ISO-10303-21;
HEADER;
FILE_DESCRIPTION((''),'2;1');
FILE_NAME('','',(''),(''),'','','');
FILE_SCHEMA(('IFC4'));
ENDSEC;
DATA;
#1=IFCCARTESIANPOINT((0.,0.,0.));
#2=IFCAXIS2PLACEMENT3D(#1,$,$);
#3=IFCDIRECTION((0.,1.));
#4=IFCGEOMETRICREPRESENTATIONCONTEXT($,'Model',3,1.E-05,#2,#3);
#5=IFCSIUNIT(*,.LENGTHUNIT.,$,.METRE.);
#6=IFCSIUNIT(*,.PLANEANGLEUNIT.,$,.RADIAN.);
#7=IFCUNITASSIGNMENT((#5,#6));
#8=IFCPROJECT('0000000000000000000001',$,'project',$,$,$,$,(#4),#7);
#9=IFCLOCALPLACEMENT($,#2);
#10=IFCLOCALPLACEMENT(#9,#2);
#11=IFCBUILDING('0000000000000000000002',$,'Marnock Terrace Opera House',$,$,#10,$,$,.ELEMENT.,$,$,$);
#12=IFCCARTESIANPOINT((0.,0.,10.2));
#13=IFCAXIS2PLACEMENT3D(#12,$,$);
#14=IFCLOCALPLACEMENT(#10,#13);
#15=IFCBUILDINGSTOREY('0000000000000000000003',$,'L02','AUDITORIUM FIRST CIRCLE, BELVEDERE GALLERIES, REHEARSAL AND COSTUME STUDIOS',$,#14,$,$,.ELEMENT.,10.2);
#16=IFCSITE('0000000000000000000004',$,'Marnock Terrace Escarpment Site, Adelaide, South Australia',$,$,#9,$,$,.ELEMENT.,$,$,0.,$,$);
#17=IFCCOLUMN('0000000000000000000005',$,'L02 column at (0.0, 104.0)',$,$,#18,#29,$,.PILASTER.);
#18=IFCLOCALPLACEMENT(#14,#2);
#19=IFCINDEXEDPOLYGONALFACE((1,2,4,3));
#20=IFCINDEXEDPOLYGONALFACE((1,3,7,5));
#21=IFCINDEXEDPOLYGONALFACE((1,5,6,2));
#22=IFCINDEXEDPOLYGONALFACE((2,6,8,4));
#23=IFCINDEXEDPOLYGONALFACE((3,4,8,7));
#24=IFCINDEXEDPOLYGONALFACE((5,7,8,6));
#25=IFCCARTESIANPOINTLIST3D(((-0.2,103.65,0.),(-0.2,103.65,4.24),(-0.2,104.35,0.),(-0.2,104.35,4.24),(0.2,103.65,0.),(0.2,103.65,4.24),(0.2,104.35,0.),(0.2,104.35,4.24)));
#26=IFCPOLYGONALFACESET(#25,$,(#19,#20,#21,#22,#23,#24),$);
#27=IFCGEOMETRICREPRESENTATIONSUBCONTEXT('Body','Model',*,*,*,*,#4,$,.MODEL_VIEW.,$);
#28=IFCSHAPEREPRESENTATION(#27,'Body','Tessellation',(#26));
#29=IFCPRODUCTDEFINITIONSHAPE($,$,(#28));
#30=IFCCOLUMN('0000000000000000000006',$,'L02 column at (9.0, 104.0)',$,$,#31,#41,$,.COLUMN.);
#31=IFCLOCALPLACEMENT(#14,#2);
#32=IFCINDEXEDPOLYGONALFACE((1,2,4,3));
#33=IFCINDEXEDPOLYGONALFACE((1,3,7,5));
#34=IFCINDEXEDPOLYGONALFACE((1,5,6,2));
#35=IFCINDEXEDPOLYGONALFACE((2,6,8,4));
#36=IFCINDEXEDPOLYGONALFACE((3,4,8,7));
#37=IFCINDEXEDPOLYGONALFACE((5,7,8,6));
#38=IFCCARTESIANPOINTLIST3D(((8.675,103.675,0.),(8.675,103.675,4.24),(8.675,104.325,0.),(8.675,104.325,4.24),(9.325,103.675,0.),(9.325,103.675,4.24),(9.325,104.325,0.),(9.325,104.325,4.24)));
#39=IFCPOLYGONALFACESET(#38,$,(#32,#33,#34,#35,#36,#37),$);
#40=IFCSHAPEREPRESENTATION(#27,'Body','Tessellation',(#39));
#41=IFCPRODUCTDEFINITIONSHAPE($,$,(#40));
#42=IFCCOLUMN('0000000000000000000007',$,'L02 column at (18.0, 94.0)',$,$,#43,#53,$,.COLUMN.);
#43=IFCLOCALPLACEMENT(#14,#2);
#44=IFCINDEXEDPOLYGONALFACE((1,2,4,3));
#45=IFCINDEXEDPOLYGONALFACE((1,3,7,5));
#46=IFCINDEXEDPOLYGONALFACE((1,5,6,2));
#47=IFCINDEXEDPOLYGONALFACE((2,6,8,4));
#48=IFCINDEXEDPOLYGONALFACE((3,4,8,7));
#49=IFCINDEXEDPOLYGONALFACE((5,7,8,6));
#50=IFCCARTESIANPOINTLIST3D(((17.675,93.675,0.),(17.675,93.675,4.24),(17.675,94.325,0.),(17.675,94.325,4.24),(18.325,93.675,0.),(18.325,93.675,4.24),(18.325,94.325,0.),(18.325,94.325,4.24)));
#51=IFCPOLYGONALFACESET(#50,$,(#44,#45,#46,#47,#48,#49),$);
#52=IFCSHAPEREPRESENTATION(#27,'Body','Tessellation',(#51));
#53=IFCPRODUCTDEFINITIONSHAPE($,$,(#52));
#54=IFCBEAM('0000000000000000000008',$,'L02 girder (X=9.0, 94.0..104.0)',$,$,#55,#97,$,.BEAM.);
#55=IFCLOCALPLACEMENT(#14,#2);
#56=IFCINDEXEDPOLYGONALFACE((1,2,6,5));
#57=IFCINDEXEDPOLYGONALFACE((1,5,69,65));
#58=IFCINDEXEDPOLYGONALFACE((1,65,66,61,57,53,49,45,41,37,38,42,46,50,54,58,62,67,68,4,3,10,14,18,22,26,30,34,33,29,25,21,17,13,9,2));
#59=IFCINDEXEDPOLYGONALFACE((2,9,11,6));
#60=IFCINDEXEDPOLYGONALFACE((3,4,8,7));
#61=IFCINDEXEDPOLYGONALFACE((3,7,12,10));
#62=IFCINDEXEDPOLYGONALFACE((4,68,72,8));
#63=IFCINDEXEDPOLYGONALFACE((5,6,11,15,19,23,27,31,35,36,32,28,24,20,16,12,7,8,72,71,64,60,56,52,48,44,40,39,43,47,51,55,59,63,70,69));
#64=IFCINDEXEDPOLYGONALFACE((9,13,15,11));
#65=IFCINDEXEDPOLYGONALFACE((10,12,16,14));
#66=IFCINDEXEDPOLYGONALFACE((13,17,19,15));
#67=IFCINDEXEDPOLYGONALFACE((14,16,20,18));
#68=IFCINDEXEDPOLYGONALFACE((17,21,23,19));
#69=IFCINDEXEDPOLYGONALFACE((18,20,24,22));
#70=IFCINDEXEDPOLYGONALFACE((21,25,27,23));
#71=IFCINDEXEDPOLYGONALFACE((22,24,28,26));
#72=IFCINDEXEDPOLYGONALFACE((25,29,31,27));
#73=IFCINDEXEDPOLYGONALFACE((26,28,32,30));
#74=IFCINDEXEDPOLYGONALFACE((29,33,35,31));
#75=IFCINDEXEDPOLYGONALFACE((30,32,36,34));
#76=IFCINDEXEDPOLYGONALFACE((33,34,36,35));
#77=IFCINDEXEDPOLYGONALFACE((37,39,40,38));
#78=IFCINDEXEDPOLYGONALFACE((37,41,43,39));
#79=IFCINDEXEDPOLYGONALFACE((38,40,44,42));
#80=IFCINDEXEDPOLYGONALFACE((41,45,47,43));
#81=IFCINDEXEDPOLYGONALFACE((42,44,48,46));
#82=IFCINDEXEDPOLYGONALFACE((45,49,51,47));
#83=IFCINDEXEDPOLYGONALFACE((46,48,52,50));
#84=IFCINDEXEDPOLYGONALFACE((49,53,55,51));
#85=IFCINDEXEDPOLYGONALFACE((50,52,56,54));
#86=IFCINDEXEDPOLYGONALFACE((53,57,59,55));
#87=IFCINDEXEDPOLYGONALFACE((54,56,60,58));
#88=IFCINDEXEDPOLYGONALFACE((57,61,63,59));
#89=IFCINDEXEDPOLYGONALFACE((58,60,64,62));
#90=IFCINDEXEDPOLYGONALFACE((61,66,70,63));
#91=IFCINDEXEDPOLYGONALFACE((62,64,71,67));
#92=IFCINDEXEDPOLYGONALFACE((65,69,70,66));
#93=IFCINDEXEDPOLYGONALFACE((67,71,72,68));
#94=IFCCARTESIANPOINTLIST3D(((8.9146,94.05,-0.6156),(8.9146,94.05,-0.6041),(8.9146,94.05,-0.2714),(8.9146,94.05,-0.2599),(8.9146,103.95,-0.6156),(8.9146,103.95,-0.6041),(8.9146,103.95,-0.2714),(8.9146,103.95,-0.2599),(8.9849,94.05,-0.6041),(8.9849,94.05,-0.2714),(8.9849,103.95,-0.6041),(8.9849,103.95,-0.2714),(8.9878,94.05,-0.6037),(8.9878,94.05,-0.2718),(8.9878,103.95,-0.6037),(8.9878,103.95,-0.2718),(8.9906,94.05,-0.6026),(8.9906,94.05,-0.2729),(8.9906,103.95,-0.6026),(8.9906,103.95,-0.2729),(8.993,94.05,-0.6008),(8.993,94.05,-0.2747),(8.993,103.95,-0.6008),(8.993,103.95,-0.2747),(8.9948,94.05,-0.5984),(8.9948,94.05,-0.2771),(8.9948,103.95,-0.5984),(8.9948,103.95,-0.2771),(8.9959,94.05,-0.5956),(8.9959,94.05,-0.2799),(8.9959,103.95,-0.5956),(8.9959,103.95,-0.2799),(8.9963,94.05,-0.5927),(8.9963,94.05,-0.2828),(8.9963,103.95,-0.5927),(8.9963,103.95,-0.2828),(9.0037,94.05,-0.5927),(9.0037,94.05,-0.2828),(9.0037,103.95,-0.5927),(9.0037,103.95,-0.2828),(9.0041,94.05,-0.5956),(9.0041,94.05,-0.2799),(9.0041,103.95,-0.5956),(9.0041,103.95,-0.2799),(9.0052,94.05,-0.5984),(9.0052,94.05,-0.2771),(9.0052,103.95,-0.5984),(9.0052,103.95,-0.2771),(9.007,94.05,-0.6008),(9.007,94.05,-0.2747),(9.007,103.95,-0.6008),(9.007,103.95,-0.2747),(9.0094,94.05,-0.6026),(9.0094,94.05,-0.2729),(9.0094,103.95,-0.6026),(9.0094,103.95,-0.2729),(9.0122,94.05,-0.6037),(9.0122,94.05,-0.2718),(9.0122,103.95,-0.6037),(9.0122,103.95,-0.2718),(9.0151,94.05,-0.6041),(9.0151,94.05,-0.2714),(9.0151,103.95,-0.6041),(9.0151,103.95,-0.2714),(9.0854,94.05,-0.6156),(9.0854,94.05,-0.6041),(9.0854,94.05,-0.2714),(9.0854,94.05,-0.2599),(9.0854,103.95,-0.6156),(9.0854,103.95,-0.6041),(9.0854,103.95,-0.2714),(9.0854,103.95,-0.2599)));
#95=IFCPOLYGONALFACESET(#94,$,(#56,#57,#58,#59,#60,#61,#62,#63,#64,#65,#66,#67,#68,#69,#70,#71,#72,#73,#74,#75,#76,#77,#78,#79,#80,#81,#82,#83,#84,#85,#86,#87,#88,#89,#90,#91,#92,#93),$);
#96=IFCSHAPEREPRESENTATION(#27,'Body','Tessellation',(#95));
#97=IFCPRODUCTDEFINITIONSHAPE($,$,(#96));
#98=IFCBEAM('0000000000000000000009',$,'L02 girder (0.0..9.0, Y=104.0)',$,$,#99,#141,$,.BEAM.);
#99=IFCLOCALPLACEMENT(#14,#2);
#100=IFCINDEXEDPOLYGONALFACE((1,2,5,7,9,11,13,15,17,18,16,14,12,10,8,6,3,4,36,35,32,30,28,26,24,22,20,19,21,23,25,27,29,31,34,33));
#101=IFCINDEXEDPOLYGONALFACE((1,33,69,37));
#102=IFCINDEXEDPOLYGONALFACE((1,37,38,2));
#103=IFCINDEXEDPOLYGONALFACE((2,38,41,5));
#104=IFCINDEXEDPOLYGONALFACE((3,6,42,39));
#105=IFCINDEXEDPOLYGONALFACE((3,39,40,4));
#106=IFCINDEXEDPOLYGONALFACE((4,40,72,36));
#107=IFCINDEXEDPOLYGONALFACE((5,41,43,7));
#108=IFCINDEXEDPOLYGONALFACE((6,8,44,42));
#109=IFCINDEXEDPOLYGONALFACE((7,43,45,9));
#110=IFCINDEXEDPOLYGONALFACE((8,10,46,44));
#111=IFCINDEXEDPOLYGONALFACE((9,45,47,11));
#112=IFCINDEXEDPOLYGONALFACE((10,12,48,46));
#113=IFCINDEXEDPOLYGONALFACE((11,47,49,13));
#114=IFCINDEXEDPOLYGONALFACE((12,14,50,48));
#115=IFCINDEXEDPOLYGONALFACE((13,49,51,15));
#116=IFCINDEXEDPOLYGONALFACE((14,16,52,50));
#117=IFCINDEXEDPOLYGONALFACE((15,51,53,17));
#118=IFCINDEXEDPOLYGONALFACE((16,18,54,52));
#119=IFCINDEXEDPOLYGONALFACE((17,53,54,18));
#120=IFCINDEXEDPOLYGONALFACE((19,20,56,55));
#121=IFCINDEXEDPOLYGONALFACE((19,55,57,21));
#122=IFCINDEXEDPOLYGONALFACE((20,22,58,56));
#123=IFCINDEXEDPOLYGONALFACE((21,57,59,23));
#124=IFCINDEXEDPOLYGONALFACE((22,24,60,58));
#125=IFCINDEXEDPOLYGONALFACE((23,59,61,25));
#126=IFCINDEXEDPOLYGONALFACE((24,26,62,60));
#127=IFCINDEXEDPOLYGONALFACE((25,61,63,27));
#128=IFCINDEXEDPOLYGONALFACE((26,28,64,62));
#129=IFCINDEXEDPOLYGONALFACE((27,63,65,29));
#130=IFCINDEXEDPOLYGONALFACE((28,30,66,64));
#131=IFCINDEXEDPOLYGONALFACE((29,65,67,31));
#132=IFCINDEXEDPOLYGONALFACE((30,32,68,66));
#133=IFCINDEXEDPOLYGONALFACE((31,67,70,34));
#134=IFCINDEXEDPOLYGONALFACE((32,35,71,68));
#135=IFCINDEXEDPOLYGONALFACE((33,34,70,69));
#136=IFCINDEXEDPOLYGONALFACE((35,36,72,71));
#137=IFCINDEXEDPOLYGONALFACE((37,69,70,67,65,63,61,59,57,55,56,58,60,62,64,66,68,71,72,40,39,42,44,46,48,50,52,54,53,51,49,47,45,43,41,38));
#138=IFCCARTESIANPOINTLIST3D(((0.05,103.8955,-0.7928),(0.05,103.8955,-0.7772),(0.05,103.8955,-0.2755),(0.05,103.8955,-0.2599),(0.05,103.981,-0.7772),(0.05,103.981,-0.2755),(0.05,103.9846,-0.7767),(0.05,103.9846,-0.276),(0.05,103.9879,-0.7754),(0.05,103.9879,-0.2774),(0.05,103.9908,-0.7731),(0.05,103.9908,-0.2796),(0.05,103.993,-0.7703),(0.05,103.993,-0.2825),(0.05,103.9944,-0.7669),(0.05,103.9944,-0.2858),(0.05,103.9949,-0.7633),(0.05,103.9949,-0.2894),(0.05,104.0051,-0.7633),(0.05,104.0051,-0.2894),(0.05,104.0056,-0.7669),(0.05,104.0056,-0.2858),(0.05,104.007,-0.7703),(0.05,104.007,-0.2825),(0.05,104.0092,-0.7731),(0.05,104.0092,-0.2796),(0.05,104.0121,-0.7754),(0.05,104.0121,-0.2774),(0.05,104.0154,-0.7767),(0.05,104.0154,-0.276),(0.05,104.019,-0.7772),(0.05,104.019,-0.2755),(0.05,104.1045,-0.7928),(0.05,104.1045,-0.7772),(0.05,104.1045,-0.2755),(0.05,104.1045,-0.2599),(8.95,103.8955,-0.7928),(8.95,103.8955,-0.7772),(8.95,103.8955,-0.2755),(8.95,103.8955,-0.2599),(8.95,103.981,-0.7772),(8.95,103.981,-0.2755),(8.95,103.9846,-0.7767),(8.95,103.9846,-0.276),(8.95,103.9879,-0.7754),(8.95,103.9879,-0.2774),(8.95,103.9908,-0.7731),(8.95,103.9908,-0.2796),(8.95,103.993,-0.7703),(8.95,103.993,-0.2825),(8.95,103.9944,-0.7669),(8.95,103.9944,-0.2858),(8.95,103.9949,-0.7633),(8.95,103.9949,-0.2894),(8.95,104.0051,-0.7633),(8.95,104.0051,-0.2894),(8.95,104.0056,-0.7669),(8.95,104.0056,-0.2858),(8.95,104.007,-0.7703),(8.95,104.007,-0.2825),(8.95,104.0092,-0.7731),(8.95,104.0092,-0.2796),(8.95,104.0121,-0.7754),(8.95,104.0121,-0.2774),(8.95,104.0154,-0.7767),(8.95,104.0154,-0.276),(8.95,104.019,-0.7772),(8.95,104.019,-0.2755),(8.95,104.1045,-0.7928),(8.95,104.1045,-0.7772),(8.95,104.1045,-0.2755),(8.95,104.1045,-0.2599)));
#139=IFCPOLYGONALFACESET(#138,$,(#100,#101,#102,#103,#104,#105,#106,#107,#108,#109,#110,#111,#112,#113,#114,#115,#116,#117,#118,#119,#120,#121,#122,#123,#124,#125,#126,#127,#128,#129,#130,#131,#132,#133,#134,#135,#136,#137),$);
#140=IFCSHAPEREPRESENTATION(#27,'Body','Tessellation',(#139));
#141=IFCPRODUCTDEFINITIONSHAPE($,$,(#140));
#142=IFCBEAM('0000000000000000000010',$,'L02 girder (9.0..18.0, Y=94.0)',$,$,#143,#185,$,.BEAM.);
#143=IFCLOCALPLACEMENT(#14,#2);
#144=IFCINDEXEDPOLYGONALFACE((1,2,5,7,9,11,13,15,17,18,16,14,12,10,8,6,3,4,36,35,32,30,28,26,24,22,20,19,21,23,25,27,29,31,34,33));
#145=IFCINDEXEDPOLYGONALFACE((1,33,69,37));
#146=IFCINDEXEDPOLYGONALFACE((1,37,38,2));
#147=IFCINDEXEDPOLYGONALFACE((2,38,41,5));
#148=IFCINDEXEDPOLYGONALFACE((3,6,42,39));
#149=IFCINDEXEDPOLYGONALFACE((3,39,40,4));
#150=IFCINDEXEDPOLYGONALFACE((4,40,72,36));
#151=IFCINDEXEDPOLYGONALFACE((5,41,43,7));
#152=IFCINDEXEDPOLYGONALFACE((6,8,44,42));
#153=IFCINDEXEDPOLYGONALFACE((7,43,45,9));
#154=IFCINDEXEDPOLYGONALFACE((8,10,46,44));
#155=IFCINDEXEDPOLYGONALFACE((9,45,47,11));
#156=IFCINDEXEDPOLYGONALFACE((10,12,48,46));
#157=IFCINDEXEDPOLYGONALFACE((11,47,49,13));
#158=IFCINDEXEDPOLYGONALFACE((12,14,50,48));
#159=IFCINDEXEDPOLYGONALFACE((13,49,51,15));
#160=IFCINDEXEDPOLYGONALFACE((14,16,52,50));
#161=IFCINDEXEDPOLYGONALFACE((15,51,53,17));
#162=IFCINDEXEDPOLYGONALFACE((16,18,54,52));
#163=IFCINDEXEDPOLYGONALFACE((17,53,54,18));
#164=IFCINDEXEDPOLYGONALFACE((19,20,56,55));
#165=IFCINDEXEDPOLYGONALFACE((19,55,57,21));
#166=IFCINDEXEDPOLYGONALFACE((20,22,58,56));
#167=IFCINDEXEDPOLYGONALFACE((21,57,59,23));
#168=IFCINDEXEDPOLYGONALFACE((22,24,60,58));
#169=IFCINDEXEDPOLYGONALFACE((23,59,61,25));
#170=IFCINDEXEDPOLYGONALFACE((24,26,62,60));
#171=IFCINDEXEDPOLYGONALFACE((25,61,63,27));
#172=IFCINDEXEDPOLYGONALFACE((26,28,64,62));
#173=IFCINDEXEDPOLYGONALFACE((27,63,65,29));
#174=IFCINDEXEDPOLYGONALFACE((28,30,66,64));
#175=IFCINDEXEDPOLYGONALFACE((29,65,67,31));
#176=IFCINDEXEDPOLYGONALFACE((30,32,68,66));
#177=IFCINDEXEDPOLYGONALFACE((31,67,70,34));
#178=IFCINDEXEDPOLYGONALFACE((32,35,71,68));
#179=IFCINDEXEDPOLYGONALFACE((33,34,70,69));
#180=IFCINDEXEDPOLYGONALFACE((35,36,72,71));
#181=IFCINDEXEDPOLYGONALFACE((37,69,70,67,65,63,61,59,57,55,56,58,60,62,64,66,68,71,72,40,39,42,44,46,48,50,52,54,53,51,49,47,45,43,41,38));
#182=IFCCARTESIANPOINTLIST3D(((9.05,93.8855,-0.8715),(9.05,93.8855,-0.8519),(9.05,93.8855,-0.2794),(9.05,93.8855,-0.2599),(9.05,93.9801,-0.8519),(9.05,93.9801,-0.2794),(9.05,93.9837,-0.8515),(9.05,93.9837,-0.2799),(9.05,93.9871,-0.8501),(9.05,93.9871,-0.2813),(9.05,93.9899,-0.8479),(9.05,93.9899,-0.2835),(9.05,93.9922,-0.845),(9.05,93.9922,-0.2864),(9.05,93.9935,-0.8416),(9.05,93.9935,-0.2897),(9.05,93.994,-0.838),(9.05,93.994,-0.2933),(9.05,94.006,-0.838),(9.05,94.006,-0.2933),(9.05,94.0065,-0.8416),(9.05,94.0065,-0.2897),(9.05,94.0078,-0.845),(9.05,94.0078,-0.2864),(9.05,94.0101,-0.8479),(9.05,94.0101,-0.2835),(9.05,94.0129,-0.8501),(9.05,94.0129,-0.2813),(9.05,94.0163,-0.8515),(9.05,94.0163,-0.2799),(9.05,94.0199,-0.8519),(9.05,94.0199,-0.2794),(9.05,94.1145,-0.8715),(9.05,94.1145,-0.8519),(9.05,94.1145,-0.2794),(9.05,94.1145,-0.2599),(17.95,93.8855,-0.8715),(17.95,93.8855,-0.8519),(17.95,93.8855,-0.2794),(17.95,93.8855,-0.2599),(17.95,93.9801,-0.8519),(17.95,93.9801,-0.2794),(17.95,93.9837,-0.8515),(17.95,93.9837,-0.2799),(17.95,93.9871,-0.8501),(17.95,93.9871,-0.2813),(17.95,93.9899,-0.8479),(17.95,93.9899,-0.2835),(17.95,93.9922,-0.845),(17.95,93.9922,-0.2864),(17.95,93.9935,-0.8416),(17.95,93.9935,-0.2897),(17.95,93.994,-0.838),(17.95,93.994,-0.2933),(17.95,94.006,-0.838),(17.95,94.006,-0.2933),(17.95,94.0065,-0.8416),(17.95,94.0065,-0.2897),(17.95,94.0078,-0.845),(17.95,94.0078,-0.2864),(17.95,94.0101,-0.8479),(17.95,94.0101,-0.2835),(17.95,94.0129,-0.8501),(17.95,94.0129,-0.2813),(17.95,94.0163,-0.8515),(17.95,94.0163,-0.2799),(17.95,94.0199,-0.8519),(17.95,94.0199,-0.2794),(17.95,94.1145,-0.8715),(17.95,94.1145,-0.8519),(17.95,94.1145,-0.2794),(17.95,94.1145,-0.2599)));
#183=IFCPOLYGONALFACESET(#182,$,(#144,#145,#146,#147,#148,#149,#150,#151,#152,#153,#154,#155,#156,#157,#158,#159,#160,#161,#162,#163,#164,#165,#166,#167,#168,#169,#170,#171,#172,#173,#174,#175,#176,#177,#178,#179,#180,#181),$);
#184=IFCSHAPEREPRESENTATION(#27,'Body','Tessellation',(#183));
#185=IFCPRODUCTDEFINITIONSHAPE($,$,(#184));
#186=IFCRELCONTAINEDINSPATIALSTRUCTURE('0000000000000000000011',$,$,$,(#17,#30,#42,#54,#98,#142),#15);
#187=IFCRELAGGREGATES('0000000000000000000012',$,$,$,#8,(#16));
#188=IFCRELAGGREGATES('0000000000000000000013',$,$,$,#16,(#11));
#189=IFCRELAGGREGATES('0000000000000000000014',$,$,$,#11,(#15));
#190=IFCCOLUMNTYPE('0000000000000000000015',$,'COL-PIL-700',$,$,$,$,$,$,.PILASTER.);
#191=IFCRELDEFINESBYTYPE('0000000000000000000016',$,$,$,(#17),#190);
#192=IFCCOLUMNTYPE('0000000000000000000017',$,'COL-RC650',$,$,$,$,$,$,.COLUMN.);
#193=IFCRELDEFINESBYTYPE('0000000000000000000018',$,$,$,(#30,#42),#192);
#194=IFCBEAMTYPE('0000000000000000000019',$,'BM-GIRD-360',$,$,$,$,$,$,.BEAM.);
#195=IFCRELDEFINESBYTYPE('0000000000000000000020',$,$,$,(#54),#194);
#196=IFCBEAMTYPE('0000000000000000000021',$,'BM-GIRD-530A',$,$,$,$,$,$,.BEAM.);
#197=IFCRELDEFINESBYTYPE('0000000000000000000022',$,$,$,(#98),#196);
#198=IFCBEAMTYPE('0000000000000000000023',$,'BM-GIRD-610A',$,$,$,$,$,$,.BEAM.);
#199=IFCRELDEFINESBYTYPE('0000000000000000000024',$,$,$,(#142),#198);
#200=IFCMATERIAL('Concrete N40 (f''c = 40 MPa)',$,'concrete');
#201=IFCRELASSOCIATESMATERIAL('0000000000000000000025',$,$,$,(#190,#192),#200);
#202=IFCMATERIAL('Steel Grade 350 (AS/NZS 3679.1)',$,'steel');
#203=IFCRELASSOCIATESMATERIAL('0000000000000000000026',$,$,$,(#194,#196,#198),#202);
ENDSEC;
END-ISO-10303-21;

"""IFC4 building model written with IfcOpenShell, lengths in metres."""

from ifc_helpers import new_model, si_unit, direction, frame, origin, origin_2d, place, context, subcontext, project, spatial, rectangle, i_section, extrude, material, material_profile, profile_set, type_object, element, save


model = new_model("IFC4")

# Units and contexts
model_context = context("Model", 3, precision=1e-05, world=origin(), true_north=direction((0.0, 1.0)))
body_context = subcontext(model_context, "Body", "Model", "MODEL_VIEW")
ifc_project = project(units=[si_unit("LENGTHUNIT", "METRE"), si_unit("PLANEANGLEUNIT", "RADIAN")], contexts=[model_context])

# Site, building, storey
site_placement = place(None, origin())
site = spatial("IfcSite", under=ifc_project, at=site_placement, Name="Marnock Terrace Escarpment Site, Adelaide, South Australia", CompositionType="ELEMENT", RefElevation=0.0)
building_placement = place(site_placement, origin())
building = spatial("IfcBuilding", under=site, at=building_placement, Name="Marnock Terrace Opera House", CompositionType="ELEMENT")
storey_placement = place(building_placement, frame((0.0, 0.0, 10.2)))
storey = spatial("IfcBuildingStorey", under=building, at=storey_placement, Name="L02", Description="AUDITORIUM FIRST CIRCLE, BELVEDERE GALLERIES, REHEARSAL AND COSTUME STUDIOS", CompositionType="ELEMENT", Elevation=10.2)

# Columns
ifc_material_1 = material(Name="Concrete N40 (f'c = 40 MPa)", Category="concrete")
ifc_material_profile_1 = material_profile(ifc_material_1, rectangle(XDim=0.3999, YDim=0.7, at=origin_2d()))
ifc_profile_set_1 = profile_set([ifc_material_profile_1], Name="Concrete N40 (f'c = 40 MPa)")
column_type_1 = type_object("IfcColumnType", Name="COL-PIL-700", PredefinedType="PILASTER", material=ifc_profile_set_1)
column_placement = place(storey_placement, frame((0.0, 104.0, 0.0), z_axis=(0.0, 0.0, 1.0), x_axis=(1.0, 0.0, 0.0)))
element("IfcColumn", 1, at=column_placement, inside=storey, type_object=column_type_1, Name="L02 column at (0.0, 104.0)", PredefinedType="PILASTER", context=body_context, shape_type="SweptSolid", body=[
    extrude(rectangle(XDim=0.3999, YDim=0.7, at=origin_2d()), origin(), (0.0, 0.0, 1.0), 4.24),
])
ifc_material_profile_2 = material_profile(ifc_material_1, rectangle(XDim=0.6499, YDim=0.6499, at=origin_2d()))
ifc_profile_set_2 = profile_set([ifc_material_profile_2], Name="Concrete N40 (f'c = 40 MPa)")
column_type_2 = type_object("IfcColumnType", Name="COL-RC650", PredefinedType="COLUMN", material=ifc_profile_set_2)
for number, where, z_axis, x_axis, name in (
    (2, (9.0, 104.0, 0.0), (0.0, 0.0, 1.0), (1.0, 0.0, 0.0), "L02 column at (9.0, 104.0)"),
    (3, (18.0, 94.0, 0.0), (0.0, 0.0, 1.0), (1.0, 0.0, 0.0), "L02 column at (18.0, 94.0)"),
):
    element("IfcColumn", number, at=place(storey_placement, frame(where, z_axis=z_axis, x_axis=x_axis)), inside=storey, type_object=column_type_2, Name=name, PredefinedType="COLUMN", context=body_context, shape_type="SweptSolid", body=[
        extrude(rectangle(XDim=0.6499, YDim=0.6499, at=origin_2d()), origin(), (0.0, 0.0, 1.0), 4.24),
    ])

# Beams
ifc_material_2 = material(Name="Steel Grade 350 (AS/NZS 3679.1)", Category="steel")
ifc_material_profile_3 = material_profile(ifc_material_2, i_section(OverallWidth=0.1709, OverallDepth=0.3557, WebThickness=0.0073, FlangeThickness=0.0115, FilletRadius=0.0115, at=origin_2d()))
ifc_profile_set_3 = profile_set([ifc_material_profile_3], Name="Steel Grade 350 (AS/NZS 3679.1)")
beam_type_1 = type_object("IfcBeamType", Name="BM-GIRD-360", PredefinedType="BEAM", material=ifc_profile_set_3)
beam_1_placement = place(storey_placement, frame((9.0, 94.05, -0.4377), z_axis=(0.0, 1.0, 0.0), x_axis=(-1.0, 0.0, 0.0)))
element("IfcBeam", 4, at=beam_1_placement, inside=storey, type_object=beam_type_1, Name="L02 girder (X=9.0, 94.0..104.0)", PredefinedType="BEAM", context=body_context, shape_type="SweptSolid", body=[
    extrude(i_section(OverallWidth=0.1709, OverallDepth=0.3557, WebThickness=0.0073, FlangeThickness=0.0115, FilletRadius=0.0115, at=origin_2d()), origin(), (0.0, 0.0, 1.0), 9.8999),
])
ifc_material_profile_4 = material_profile(ifc_material_2, i_section(OverallWidth=0.209, OverallDepth=0.533, WebThickness=0.0103, FlangeThickness=0.0156, FilletRadius=0.0139, at=origin_2d()))
ifc_profile_set_4 = profile_set([ifc_material_profile_4], Name="Steel Grade 350 (AS/NZS 3679.1)")
beam_type_2 = type_object("IfcBeamType", Name="BM-GIRD-530A", PredefinedType="BEAM", material=ifc_profile_set_4)
beam_2_placement = place(storey_placement, frame((0.05, 104.0, -0.5264), z_axis=(1.0, 0.0, 0.0), x_axis=(0.0, 1.0, 0.0)))
element("IfcBeam", 5, at=beam_2_placement, inside=storey, type_object=beam_type_2, Name="L02 girder (0.0..9.0, Y=104.0)", PredefinedType="BEAM", context=body_context, shape_type="SweptSolid", body=[
    extrude(i_section(OverallWidth=0.209, OverallDepth=0.533, WebThickness=0.0103, FlangeThickness=0.0156, FilletRadius=0.0139, at=origin_2d()), origin(), (0.0, 0.0, 1.0), 8.8999),
])
ifc_material_profile_5 = material_profile(ifc_material_2, i_section(OverallWidth=0.229, OverallDepth=0.6116, WebThickness=0.012, FlangeThickness=0.0195, FilletRadius=0.0139, at=origin_2d()))
ifc_profile_set_5 = profile_set([ifc_material_profile_5], Name="Steel Grade 350 (AS/NZS 3679.1)")
beam_type_3 = type_object("IfcBeamType", Name="BM-GIRD-610A", PredefinedType="BEAM", material=ifc_profile_set_5)
beam_3_placement = place(storey_placement, frame((9.05, 94.0, -0.5657), z_axis=(1.0, 0.0, 0.0), x_axis=(0.0, 1.0, 0.0)))
element("IfcBeam", 6, at=beam_3_placement, inside=storey, type_object=beam_type_3, Name="L02 girder (9.0..18.0, Y=94.0)", PredefinedType="BEAM", context=body_context, shape_type="SweptSolid", body=[
    extrude(i_section(OverallWidth=0.229, OverallDepth=0.6116, WebThickness=0.012, FlangeThickness=0.0195, FilletRadius=0.0139, at=origin_2d()), origin(), (0.0, 0.0, 1.0), 8.8999),
])

save(model, "model.ifc")
